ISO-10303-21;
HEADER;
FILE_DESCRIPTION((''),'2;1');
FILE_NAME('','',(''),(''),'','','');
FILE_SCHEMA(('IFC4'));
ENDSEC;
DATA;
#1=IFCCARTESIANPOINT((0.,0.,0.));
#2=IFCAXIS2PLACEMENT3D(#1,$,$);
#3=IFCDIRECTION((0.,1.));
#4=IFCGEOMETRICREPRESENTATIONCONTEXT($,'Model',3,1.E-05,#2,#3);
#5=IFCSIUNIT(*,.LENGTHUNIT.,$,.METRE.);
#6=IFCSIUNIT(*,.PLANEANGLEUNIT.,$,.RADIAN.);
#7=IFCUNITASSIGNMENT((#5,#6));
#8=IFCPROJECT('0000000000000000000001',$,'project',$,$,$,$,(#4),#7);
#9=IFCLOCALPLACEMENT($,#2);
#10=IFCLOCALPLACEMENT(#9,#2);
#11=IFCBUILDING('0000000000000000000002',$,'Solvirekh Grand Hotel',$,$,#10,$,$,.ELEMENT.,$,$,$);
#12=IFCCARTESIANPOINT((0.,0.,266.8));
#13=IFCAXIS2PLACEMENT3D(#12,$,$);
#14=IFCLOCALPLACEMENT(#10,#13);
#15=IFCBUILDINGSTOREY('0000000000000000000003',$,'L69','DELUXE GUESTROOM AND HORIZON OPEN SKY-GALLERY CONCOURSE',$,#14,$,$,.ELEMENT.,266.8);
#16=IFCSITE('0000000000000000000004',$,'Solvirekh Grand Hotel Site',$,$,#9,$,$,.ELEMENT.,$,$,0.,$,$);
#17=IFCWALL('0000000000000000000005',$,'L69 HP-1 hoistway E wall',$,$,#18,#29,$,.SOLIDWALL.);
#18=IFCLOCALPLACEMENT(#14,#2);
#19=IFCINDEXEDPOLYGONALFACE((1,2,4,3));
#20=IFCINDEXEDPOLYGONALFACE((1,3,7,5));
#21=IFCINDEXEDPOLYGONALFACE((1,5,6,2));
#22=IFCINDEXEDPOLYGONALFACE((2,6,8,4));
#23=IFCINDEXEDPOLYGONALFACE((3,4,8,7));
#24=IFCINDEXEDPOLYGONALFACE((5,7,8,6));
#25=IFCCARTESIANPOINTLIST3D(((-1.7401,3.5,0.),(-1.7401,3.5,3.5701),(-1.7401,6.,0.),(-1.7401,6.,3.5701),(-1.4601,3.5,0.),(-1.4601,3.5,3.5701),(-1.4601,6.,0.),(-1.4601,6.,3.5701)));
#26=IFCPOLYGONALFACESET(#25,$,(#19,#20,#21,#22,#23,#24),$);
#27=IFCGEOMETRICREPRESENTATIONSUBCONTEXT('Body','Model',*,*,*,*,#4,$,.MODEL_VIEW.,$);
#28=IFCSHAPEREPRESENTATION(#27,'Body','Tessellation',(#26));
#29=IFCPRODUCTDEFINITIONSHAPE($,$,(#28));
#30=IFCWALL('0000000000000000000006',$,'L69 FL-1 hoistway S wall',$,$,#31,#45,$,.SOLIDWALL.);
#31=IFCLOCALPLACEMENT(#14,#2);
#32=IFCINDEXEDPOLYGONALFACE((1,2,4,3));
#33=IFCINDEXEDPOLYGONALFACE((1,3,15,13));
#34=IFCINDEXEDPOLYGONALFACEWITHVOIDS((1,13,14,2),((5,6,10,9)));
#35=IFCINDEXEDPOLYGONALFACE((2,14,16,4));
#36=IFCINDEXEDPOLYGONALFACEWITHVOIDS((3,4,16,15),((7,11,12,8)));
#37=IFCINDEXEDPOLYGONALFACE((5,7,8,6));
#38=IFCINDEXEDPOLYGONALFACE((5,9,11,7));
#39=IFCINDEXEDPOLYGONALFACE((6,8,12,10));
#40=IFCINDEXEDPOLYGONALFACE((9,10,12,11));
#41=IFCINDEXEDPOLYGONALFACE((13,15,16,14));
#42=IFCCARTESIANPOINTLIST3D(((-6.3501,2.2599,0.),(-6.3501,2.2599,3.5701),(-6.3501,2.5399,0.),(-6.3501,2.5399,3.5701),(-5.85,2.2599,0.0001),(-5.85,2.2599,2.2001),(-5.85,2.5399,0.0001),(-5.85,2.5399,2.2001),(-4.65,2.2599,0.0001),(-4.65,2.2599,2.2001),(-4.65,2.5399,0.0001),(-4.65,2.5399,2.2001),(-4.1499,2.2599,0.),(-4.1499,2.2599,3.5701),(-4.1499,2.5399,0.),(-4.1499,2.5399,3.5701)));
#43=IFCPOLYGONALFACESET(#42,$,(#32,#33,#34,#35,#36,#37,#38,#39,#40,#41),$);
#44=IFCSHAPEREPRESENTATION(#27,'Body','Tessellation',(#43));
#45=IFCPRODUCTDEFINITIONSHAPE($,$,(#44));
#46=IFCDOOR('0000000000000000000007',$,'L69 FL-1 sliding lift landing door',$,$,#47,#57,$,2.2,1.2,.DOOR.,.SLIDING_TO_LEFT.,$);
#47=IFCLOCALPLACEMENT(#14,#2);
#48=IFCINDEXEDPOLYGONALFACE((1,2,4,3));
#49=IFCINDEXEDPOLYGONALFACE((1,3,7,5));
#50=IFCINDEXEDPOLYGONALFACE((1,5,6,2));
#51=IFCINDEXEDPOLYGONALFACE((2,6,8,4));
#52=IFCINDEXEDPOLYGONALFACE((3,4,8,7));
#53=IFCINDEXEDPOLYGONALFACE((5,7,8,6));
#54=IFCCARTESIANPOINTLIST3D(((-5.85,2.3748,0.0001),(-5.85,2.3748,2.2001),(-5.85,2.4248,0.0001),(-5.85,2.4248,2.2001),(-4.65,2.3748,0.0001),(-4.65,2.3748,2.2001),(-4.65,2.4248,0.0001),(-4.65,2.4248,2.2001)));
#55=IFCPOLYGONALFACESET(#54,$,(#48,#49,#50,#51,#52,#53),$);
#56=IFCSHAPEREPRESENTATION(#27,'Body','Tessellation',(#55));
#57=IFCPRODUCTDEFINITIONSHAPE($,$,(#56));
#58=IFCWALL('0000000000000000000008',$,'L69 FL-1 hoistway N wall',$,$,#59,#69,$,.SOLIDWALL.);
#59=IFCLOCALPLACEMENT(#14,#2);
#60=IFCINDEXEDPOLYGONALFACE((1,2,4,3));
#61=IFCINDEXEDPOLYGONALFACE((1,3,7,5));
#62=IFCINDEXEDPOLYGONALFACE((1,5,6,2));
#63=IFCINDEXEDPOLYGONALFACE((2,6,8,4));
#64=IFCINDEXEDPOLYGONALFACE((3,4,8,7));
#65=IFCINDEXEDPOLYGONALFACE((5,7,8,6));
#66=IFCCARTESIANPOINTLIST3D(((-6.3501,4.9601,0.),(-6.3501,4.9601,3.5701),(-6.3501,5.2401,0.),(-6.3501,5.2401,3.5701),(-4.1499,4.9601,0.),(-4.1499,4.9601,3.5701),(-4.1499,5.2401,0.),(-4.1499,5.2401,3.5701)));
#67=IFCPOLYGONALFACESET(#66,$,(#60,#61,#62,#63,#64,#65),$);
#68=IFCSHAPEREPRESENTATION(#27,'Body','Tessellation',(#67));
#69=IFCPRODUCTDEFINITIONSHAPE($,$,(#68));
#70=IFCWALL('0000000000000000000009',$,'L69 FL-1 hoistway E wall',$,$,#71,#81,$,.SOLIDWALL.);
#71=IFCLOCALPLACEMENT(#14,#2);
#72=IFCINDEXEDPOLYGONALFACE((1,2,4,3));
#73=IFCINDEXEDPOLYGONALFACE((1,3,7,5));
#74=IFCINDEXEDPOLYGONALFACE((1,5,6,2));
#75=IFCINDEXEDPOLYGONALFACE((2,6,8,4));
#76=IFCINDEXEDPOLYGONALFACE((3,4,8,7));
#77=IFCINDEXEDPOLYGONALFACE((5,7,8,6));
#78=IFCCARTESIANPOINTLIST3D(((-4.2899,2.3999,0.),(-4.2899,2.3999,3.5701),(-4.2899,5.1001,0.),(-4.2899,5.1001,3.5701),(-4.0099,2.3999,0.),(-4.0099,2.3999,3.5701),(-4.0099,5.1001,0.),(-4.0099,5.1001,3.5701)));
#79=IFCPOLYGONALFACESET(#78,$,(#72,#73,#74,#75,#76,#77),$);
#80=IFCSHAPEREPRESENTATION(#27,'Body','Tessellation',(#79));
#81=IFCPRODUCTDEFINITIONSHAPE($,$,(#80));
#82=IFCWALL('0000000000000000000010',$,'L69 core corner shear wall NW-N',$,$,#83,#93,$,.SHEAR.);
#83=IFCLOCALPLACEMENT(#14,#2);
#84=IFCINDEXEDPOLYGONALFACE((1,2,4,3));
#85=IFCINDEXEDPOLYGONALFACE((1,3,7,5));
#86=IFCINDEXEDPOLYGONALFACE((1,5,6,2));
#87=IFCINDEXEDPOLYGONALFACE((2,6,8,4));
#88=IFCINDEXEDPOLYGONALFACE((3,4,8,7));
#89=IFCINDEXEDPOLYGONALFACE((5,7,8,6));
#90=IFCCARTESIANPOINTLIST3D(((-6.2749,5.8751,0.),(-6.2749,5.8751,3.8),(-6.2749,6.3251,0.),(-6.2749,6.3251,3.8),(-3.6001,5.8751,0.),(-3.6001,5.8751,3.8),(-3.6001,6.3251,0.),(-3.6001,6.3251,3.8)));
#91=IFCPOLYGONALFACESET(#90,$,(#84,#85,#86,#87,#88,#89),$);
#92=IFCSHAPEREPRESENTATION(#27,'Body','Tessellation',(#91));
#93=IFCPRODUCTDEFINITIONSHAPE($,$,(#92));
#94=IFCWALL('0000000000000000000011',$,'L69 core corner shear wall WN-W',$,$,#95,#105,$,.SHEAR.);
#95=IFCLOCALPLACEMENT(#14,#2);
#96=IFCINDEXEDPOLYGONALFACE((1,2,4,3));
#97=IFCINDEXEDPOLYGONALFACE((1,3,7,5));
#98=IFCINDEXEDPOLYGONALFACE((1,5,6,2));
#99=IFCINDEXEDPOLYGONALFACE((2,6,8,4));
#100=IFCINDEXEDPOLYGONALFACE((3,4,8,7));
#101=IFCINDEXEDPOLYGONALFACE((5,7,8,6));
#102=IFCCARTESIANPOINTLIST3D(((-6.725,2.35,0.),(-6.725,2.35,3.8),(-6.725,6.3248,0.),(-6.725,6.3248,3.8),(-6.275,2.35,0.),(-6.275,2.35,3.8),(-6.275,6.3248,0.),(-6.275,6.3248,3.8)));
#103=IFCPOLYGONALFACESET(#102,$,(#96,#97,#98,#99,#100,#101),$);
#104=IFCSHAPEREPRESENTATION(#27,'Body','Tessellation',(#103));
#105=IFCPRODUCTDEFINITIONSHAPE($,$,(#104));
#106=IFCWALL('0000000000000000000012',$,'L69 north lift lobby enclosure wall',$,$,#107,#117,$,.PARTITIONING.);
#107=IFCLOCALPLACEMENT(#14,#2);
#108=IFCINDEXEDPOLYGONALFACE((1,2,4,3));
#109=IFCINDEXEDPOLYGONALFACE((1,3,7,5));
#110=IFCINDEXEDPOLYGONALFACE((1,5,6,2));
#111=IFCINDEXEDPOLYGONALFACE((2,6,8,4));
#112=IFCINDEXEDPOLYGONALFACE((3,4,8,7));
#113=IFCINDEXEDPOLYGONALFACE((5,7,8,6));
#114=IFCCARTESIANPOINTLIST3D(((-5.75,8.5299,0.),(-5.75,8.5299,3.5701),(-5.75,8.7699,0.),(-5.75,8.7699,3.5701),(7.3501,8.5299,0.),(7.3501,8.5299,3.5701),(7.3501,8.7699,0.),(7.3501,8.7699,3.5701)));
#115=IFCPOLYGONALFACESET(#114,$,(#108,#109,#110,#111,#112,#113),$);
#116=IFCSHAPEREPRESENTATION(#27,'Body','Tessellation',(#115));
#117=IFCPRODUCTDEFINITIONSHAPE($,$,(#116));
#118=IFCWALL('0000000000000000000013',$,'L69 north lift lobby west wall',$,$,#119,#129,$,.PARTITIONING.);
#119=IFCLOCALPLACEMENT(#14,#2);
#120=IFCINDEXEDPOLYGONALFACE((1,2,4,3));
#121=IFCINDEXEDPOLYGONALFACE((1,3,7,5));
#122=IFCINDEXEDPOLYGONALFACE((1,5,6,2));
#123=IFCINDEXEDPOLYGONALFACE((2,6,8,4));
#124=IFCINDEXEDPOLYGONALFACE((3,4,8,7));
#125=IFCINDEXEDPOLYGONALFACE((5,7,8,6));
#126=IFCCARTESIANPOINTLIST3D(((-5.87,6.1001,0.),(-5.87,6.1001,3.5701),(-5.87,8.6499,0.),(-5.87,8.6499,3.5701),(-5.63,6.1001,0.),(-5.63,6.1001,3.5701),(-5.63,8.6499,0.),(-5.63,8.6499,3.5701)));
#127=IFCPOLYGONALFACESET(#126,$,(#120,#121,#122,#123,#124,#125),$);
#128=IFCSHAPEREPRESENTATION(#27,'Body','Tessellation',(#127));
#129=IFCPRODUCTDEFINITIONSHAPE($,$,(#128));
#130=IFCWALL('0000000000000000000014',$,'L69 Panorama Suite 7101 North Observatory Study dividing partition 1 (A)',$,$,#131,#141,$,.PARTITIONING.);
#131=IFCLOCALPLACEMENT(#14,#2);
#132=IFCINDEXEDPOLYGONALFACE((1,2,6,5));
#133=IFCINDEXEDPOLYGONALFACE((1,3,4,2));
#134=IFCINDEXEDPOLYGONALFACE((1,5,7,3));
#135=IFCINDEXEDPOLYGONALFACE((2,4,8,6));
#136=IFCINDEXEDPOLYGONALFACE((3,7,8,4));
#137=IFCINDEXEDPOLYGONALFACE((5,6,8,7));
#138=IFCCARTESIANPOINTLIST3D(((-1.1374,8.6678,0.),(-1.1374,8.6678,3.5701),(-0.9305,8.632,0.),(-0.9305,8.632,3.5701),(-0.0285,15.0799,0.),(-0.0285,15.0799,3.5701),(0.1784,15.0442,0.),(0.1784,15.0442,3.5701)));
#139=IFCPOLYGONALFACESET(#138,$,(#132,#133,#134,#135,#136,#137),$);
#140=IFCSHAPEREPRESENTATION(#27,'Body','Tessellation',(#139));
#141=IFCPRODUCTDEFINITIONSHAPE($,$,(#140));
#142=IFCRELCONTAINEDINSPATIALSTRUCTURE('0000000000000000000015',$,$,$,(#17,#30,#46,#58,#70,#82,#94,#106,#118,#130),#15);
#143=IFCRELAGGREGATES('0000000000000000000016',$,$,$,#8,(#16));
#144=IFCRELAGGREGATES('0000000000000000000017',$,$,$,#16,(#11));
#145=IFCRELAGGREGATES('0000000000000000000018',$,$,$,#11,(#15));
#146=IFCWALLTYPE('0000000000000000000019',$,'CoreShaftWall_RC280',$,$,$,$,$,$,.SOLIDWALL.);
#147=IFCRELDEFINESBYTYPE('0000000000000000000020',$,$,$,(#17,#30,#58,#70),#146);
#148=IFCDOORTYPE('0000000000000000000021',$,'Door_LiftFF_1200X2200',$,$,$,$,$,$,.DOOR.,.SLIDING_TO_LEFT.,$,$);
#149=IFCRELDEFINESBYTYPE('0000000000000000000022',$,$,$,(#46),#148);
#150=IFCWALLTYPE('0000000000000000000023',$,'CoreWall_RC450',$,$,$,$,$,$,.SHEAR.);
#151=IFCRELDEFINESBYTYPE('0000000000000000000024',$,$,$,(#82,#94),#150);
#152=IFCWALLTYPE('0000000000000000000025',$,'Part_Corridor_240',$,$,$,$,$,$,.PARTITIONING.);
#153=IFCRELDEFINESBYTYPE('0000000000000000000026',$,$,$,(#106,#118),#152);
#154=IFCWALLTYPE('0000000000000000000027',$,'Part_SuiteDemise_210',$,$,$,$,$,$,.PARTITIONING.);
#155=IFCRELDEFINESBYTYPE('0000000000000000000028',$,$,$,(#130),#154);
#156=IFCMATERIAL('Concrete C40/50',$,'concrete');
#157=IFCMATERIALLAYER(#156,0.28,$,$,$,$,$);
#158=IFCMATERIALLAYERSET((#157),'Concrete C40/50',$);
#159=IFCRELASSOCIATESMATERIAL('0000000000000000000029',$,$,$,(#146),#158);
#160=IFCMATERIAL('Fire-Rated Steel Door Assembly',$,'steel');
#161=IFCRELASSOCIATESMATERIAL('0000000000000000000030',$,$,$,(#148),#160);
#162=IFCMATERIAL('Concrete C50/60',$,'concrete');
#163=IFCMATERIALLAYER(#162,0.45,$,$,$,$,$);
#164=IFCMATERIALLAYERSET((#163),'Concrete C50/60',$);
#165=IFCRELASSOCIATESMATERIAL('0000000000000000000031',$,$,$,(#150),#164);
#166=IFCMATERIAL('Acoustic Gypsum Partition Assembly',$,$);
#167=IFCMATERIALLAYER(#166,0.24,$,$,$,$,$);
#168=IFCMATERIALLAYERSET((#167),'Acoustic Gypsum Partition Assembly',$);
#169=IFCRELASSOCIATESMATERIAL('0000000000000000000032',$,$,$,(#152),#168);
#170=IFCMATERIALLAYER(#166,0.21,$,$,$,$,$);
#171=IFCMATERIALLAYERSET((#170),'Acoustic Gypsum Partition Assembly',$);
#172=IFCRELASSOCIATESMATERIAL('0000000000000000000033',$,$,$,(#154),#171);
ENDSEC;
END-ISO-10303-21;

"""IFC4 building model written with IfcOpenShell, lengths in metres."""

from ifc_helpers import new_model, si_unit, direction, frame, frame_2d, origin, place, context, subcontext, project, spatial, rectangle, extrude, material, layer, layer_set, type_object, element, fill, save


model = new_model("IFC4")

# Units and contexts
model_context = context("Model", 3, precision=1e-05, world=origin(), true_north=direction((0.0, 1.0)))
body_context = subcontext(model_context, "Body", "Model", "MODEL_VIEW")
ifc_project = project(units=[si_unit("LENGTHUNIT", "METRE"), si_unit("PLANEANGLEUNIT", "RADIAN")], contexts=[model_context])

# Site, building, storey
site_placement = place(None, origin())
site = spatial("IfcSite", under=ifc_project, at=site_placement, Name="Solvirekh Grand Hotel Site", CompositionType="ELEMENT", RefElevation=0.0)
building_placement = place(site_placement, origin())
building = spatial("IfcBuilding", under=site, at=building_placement, Name="Solvirekh Grand Hotel", CompositionType="ELEMENT")
storey_placement = place(building_placement, frame((0.0, 0.0, 266.8)))
storey = spatial("IfcBuildingStorey", under=building, at=storey_placement, Name="L69", Description="DELUXE GUESTROOM AND HORIZON OPEN SKY-GALLERY CONCOURSE", CompositionType="ELEMENT", Elevation=266.8)

# Shared definitions
ifc_material_1 = material(Name="Concrete C50/60", Category="concrete")

# Shared definitions
ifc_material_2 = material(Name="Concrete C40/50", Category="concrete")
ifc_layer_1 = layer(ifc_material_2, 0.28)
ifc_layer_set_1 = layer_set([ifc_layer_1], Name="Concrete C40/50")
wall_type_1 = type_object("IfcWallType", Name="CoreShaftWall_RC280", PredefinedType="SOLIDWALL", material=ifc_layer_set_1)
ifc_material_3 = material(Name="Fire-Rated Steel Door Assembly", Category="steel")

# Wall
for number, where, z_axis, x_axis, name in (
    (1, (-1.6001, 3.5, 0.0), (0.0, 0.0, 1.0), (0.0, 1.0, 0.0), "L69 HP-1 hoistway E wall"),
):
    element("IfcWall", number, at=place(storey_placement, frame(where, z_axis=z_axis, x_axis=x_axis)), inside=storey, type_object=wall_type_1, Name=name, PredefinedType="SOLIDWALL", context=body_context, shape_type="SweptSolid", body=[
        extrude(rectangle(XDim=2.5, YDim=0.28, at=frame_2d((1.25, 0.0))), origin(), (0.0, 0.0, 1.0), 3.5701),
    ])

# Wall, opening, door
wall_1_placement = place(storey_placement, frame((-6.3501, 2.3999, 0.0), z_axis=(0.0, 0.0, 1.0), x_axis=(1.0, 0.0, 0.0)))
wall_1 = element("IfcWall", 2, at=wall_1_placement, inside=storey, type_object=wall_type_1, Name="L69 FL-1 hoistway S wall", PredefinedType="SOLIDWALL", context=body_context, shape_type="SweptSolid", body=[
    extrude(rectangle(XDim=2.2002, YDim=0.28, at=frame_2d((1.1001, 0.0))), origin(), (0.0, 0.0, 1.0), 3.5701),
])
opening_1_placement = place(wall_1_placement, frame((0.5, 0.0, 0.0)))
opening_1 = element("IfcOpeningElement", 3, at=opening_1_placement, cuts=wall_1, PredefinedType="OPENING", context=body_context, shape_type="SweptSolid", body=[
    extrude(rectangle(XDim=1.2, YDim=2.2, at=frame_2d((0.6001, 1.1001))), frame((0.0, 0.1499, 0.0), z_axis=(0.0, -1.0, 0.0), x_axis=(1.0, 0.0, 0.0)), (0.0, 0.0, 1.0), 0.3),
])
door_type_1 = type_object("IfcDoorType", Name="Door_LiftFF_1200X2200", OperationType="SLIDING_TO_LEFT", PredefinedType="DOOR", material=ifc_material_3)
door_1_placement = place(opening_1_placement, origin())
door_1 = element("IfcDoor", 4, at=door_1_placement, inside=storey, type_object=door_type_1, Name="L69 FL-1 sliding lift landing door", OperationType="SLIDING_TO_LEFT", OverallHeight=2.2, OverallWidth=1.2, PredefinedType="DOOR", context=body_context, shape_type="SweptSolid", body=[
    extrude(rectangle(XDim=1.2, YDim=2.2, at=frame_2d((0.6001, 1.1001))), frame((0.0, 0.0249, 0.0), z_axis=(0.0, -1.0, 0.0), x_axis=(1.0, 0.0, 0.0)), (0.0, 0.0, 1.0), 0.05),
])
fill(opening_1, door_1)

# Walls
wall_2_placement = place(storey_placement, frame((-4.1499, 5.1001, 0.0), z_axis=(0.0, 0.0, 1.0), x_axis=(-1.0, 0.0, 0.0)))
element("IfcWall", 5, at=wall_2_placement, inside=storey, type_object=wall_type_1, Name="L69 FL-1 hoistway N wall", PredefinedType="SOLIDWALL", context=body_context, shape_type="SweptSolid", body=[
    extrude(rectangle(XDim=2.2002, YDim=0.28, at=frame_2d((1.1001, 0.0))), origin(), (0.0, 0.0, 1.0), 3.5701),
])
wall_3_placement = place(storey_placement, frame((-4.1499, 2.3999, 0.0), z_axis=(0.0, 0.0, 1.0), x_axis=(0.0, 1.0, 0.0)))
element("IfcWall", 6, at=wall_3_placement, inside=storey, type_object=wall_type_1, Name="L69 FL-1 hoistway E wall", PredefinedType="SOLIDWALL", context=body_context, shape_type="SweptSolid", body=[
    extrude(rectangle(XDim=2.7002, YDim=0.28, at=frame_2d((1.3501, 0.0))), origin(), (0.0, 0.0, 1.0), 3.5701),
])
ifc_layer_2 = layer(ifc_material_1, 0.45)
ifc_layer_set_2 = layer_set([ifc_layer_2], Name="Concrete C50/60")
wall_type_2 = type_object("IfcWallType", Name="CoreWall_RC450", PredefinedType="SHEAR", material=ifc_layer_set_2)
wall_4_placement = place(storey_placement, frame((-6.2749, 6.1001, 0.0), z_axis=(0.0, 0.0, 1.0), x_axis=(1.0, 0.0, 0.0)))
element("IfcWall", 7, at=wall_4_placement, inside=storey, type_object=wall_type_2, Name="L69 core corner shear wall NW-N", PredefinedType="SHEAR", context=body_context, shape_type="SweptSolid", body=[
    extrude(rectangle(XDim=2.6748, YDim=0.45, at=frame_2d((1.3374, 0.0))), origin(), (0.0, 0.0, 1.0), 3.8),
])
wall_5_placement = place(storey_placement, frame((-6.5, 2.3501, 0.0), z_axis=(0.0, 0.0, 1.0), x_axis=(0.0, 1.0, 0.0)))
element("IfcWall", 8, at=wall_5_placement, inside=storey, type_object=wall_type_2, Name="L69 core corner shear wall WN-W", PredefinedType="SHEAR", context=body_context, shape_type="SweptSolid", body=[
    extrude(rectangle(XDim=3.9749, YDim=0.45, at=frame_2d((1.9873, 0.0))), origin(), (0.0, 0.0, 1.0), 3.8),
])
ifc_material_4 = material(Name="Acoustic Gypsum Partition Assembly")
ifc_layer_3 = layer(ifc_material_4, 0.24)
ifc_layer_set_3 = layer_set([ifc_layer_3], Name="Acoustic Gypsum Partition Assembly")
wall_type_3 = type_object("IfcWallType", Name="Part_Corridor_240", PredefinedType="PARTITIONING", material=ifc_layer_set_3)
wall_6_placement = place(storey_placement, frame((-5.75, 8.6499, 0.0), z_axis=(0.0, 0.0, 1.0), x_axis=(1.0, 0.0, 0.0)))
element("IfcWall", 9, at=wall_6_placement, inside=storey, type_object=wall_type_3, Name="L69 north lift lobby enclosure wall", PredefinedType="PARTITIONING", context=body_context, shape_type="SweptSolid", body=[
    extrude(rectangle(XDim=13.1001, YDim=0.24, at=frame_2d((6.55, 0.0))), origin(), (0.0, 0.0, 1.0), 3.5701),
])
wall_7_placement = place(storey_placement, frame((-5.75, 6.1001, 0.0), z_axis=(0.0, 0.0, 1.0), x_axis=(0.0, 1.0, 0.0)))
element("IfcWall", 10, at=wall_7_placement, inside=storey, type_object=wall_type_3, Name="L69 north lift lobby west wall", PredefinedType="PARTITIONING", context=body_context, shape_type="SweptSolid", body=[
    extrude(rectangle(XDim=2.5498, YDim=0.24, at=frame_2d((1.2749, 0.0))), origin(), (0.0, 0.0, 1.0), 3.5701),
])
ifc_layer_4 = layer(ifc_material_4, 0.21)
ifc_layer_set_4 = layer_set([ifc_layer_4], Name="Acoustic Gypsum Partition Assembly")
wall_type_4 = type_object("IfcWallType", Name="Part_SuiteDemise_210", PredefinedType="PARTITIONING", material=ifc_layer_set_4)
wall_8_placement = place(storey_placement, frame((-1.0339, 8.6499, 0.0), z_axis=(0.0, 0.0, 1.0), x_axis=(0.170407, 0.985374, 0.0)))
element("IfcWall", 11, at=wall_8_placement, inside=storey, type_object=wall_type_4, Name="L69 Panorama Suite 7101 North Observatory Study dividing partition 1 (A)", PredefinedType="PARTITIONING", context=body_context, shape_type="SweptSolid", body=[
    extrude(rectangle(XDim=6.5073, YDim=0.21, at=frame_2d((3.2537, 0.0))), origin(), (0.0, 0.0, 1.0), 3.5701),
])

save(model, "model.ifc")
